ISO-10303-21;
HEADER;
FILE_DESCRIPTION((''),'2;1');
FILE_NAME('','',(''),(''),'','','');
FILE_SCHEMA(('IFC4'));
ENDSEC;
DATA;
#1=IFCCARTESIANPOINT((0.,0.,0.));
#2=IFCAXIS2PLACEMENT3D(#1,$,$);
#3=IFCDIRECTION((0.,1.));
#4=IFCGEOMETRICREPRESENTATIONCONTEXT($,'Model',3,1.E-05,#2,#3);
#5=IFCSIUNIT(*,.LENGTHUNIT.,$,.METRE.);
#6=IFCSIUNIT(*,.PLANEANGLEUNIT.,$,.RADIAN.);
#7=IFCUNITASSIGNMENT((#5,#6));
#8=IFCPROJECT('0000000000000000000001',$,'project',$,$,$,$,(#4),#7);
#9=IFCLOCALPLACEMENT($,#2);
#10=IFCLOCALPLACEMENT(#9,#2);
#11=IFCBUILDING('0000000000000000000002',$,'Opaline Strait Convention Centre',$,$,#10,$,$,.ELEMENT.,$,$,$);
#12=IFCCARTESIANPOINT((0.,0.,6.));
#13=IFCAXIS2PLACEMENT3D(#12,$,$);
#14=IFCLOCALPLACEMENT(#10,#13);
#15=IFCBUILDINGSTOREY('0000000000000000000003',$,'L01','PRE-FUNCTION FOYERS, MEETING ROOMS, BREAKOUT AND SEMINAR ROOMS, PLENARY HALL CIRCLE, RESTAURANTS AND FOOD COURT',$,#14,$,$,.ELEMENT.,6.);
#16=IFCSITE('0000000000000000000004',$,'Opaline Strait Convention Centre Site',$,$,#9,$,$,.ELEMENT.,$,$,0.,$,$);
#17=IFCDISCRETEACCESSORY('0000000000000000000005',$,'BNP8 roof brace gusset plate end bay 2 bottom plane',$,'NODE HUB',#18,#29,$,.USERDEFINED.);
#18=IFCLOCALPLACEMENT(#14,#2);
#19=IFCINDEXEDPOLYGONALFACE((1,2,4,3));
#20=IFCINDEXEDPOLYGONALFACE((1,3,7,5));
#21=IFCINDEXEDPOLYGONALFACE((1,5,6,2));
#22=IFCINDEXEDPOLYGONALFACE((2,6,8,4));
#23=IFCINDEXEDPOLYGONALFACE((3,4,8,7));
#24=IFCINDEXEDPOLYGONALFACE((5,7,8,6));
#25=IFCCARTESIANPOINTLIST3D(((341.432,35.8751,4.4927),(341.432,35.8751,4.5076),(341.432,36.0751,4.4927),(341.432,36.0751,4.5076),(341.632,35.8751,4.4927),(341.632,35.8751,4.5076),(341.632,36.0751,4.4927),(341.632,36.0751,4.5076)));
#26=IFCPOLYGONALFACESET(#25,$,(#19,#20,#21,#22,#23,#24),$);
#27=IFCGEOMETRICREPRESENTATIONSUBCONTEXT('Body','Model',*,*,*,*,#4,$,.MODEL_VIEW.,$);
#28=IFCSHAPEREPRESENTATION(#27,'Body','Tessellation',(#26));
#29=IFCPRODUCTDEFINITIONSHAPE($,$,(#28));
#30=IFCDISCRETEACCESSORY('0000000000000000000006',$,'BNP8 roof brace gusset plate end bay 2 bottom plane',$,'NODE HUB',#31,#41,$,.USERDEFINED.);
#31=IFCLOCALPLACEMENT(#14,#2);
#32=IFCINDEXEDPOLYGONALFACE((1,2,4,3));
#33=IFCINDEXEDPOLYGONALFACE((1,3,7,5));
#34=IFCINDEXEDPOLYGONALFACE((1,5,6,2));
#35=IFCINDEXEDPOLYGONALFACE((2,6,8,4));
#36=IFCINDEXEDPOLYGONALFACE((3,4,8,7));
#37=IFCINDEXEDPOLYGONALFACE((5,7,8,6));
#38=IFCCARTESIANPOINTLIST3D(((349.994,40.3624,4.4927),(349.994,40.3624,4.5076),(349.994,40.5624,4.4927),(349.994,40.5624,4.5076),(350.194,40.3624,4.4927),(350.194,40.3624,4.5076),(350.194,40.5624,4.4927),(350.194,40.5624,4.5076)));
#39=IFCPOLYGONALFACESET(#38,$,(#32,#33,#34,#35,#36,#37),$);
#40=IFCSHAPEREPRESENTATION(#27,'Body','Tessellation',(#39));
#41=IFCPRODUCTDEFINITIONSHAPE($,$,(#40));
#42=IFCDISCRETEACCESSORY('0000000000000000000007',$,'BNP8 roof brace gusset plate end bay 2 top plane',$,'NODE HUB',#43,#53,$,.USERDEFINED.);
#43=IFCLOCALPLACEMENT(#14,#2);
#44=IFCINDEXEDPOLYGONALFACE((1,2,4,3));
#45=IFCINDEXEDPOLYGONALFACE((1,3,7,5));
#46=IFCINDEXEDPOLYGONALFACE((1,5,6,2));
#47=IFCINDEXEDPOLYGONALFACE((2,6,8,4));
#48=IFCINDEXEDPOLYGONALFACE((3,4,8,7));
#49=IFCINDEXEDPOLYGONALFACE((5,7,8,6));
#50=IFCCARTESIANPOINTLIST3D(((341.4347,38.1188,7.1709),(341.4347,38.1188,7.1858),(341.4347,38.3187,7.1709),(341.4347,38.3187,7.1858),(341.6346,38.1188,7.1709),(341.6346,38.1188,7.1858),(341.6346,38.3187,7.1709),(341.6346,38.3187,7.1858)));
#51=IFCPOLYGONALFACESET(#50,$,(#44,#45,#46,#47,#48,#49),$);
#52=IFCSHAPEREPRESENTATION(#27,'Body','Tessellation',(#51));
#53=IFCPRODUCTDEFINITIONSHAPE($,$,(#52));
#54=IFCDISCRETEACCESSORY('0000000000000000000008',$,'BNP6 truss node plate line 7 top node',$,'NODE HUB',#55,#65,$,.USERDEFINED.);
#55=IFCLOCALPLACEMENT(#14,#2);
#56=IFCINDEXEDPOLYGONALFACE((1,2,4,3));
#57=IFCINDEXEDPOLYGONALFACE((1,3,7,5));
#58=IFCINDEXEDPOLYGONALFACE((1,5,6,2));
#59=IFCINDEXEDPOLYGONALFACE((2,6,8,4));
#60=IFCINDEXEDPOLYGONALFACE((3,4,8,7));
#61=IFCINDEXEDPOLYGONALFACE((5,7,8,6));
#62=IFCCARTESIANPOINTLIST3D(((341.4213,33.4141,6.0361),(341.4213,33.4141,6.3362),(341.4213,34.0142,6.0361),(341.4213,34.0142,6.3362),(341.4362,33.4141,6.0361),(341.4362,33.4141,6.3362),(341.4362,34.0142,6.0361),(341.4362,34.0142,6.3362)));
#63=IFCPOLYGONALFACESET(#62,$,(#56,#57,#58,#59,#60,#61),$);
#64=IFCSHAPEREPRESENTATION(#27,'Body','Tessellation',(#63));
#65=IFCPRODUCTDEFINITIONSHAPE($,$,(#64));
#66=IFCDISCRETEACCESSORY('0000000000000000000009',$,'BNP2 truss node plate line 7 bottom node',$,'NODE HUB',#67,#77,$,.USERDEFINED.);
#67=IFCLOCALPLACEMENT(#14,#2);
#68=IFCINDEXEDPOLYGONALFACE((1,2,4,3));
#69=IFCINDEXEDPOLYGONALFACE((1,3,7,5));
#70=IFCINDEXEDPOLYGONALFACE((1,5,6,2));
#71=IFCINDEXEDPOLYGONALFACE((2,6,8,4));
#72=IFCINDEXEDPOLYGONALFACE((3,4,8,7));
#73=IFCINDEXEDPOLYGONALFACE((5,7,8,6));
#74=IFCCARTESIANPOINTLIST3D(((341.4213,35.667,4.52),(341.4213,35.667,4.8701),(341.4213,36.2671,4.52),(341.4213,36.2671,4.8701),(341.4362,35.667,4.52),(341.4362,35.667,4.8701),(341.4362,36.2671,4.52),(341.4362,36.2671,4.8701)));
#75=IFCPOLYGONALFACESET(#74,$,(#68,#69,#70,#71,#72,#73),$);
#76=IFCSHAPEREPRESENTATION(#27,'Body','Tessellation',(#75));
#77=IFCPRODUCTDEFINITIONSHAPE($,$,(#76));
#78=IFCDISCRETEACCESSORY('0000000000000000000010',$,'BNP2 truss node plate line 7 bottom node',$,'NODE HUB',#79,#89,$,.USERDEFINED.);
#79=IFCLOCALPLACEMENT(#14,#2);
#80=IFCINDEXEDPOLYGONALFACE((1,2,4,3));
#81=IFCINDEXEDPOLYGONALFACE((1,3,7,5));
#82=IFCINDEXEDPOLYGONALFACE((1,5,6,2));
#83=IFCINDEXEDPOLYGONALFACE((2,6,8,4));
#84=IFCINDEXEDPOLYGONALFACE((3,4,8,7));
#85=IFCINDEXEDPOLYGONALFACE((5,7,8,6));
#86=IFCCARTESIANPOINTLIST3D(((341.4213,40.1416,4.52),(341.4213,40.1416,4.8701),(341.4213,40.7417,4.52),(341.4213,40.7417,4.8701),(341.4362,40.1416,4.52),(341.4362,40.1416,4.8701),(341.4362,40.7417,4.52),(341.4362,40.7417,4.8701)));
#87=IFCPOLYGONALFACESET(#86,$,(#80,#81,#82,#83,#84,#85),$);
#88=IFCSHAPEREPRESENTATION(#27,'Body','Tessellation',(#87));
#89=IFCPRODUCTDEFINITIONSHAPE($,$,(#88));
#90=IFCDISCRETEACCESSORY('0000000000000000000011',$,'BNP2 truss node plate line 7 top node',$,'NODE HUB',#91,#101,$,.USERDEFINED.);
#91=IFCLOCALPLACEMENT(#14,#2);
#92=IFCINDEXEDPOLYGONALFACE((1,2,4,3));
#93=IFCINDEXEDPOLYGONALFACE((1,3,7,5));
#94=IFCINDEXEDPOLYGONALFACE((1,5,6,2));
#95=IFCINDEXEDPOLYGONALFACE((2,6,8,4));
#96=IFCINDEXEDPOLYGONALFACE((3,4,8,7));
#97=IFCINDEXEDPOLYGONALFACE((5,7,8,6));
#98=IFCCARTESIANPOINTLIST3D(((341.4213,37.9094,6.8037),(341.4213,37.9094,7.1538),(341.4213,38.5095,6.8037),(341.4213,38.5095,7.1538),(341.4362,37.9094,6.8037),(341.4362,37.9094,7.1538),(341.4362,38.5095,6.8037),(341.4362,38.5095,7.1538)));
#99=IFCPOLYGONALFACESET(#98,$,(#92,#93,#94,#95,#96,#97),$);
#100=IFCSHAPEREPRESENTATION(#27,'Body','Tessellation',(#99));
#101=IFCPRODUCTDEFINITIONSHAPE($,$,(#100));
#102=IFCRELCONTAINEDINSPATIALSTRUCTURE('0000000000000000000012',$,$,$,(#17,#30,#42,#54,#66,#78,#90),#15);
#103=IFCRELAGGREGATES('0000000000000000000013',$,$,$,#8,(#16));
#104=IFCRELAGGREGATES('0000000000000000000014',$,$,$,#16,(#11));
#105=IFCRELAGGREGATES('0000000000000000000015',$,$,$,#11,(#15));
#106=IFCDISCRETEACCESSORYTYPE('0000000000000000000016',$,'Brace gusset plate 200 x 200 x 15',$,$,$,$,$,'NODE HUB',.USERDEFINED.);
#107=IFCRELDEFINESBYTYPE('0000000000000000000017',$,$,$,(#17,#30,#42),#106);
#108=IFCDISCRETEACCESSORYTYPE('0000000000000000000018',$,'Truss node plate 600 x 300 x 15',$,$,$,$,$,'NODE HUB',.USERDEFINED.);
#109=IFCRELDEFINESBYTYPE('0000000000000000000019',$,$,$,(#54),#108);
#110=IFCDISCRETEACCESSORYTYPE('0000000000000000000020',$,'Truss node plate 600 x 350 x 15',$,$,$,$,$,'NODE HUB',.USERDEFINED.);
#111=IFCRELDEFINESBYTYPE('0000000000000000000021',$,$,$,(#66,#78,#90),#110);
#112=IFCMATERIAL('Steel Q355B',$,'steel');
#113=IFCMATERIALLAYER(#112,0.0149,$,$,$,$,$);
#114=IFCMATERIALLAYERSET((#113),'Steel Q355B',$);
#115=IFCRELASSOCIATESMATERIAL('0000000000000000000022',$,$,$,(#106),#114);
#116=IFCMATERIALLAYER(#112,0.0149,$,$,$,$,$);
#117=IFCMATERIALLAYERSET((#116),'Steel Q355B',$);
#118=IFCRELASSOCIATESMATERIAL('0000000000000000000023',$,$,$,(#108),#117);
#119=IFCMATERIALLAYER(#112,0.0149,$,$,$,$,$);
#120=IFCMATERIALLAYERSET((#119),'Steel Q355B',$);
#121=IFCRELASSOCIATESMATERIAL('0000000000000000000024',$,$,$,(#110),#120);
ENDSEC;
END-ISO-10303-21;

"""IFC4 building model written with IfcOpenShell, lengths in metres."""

from ifc_helpers import new_model, si_unit, direction, frame, origin, origin_2d, place, context, subcontext, project, spatial, rectangle, extrude, material, layer, layer_set, type_object, element, save


model = new_model("IFC4")

# Units and contexts
model_context = context("Model", 3, precision=1e-05, world=origin(), true_north=direction((0.0, 1.0)))
body_context = subcontext(model_context, "Body", "Model", "MODEL_VIEW")
ifc_project = project(units=[si_unit("LENGTHUNIT", "METRE"), si_unit("PLANEANGLEUNIT", "RADIAN")], contexts=[model_context])

# Site, building, storey
site_placement = place(None, origin())
site = spatial("IfcSite", under=ifc_project, at=site_placement, Name="Opaline Strait Convention Centre Site", CompositionType="ELEMENT", RefElevation=0.0)
building_placement = place(site_placement, origin())
building = spatial("IfcBuilding", under=site, at=building_placement, Name="Opaline Strait Convention Centre", CompositionType="ELEMENT")
storey_placement = place(building_placement, frame((0.0, 0.0, 6.0)))
storey = spatial("IfcBuildingStorey", under=building, at=storey_placement, Name="L01", Description="PRE-FUNCTION FOYERS, MEETING ROOMS, BREAKOUT AND SEMINAR ROOMS, PLENARY HALL CIRCLE, RESTAURANTS AND FOOD COURT", CompositionType="ELEMENT", Elevation=6.0)

# Shared definitions
ifc_material_1 = material(Name="Steel Q355B", Category="steel")

# Discrete accessories
ifc_layer_1 = layer(ifc_material_1, 0.0149)
ifc_layer_set_1 = layer_set([ifc_layer_1], Name="Steel Q355B")
discrete_accessory_type_1 = type_object("IfcDiscreteAccessoryType", Name="Brace gusset plate 200 x 200 x 15", ElementType="NODE HUB", PredefinedType="USERDEFINED", material=ifc_layer_set_1)
for number, where, z_axis, x_axis, name in (
    (1, (341.532, 35.9751, 4.4927), (0.0, 0.0, 1.0), (1.0, 0.0, 0.0), "BNP8 roof brace gusset plate end bay 2 bottom plane"),
    (2, (350.094, 40.4624, 4.4927), (0.0, 0.0, 1.0), (1.0, 0.0, 0.0), "BNP8 roof brace gusset plate end bay 2 bottom plane"),
    (3, (341.5347, 38.2188, 7.1709), (0.0, 0.0, 1.0), (1.0, 0.0, 0.0), "BNP8 roof brace gusset plate end bay 2 top plane"),
):
    element("IfcDiscreteAccessory", number, at=place(storey_placement, frame(where, z_axis=z_axis, x_axis=x_axis)), inside=storey, type_object=discrete_accessory_type_1, Name=name, ObjectType="NODE HUB", PredefinedType="USERDEFINED", context=body_context, shape_type="SweptSolid", body=[
        extrude(rectangle(XDim=0.2, YDim=0.2, at=origin_2d()), origin(), (0.0, 0.0, 1.0), 0.0149),
    ])
ifc_layer_2 = layer(ifc_material_1, 0.0149)
ifc_layer_set_2 = layer_set([ifc_layer_2], Name="Steel Q355B")
discrete_accessory_type_2 = type_object("IfcDiscreteAccessoryType", Name="Truss node plate 600 x 300 x 15", ElementType="NODE HUB", PredefinedType="USERDEFINED", material=ifc_layer_set_2)
discrete_accessory_placement = place(storey_placement, frame((341.4287, 33.7141, 6.0361), z_axis=(0.0, 0.0, 1.0), x_axis=(1.0, 0.0, 0.0)))
element("IfcDiscreteAccessory", 4, at=discrete_accessory_placement, inside=storey, type_object=discrete_accessory_type_2, Name="BNP6 truss node plate line 7 top node", ObjectType="NODE HUB", PredefinedType="USERDEFINED", context=body_context, shape_type="SweptSolid", body=[
    extrude(rectangle(XDim=0.0149, YDim=0.6001, at=origin_2d()), origin(), (0.0, 0.0, 1.0), 0.3),
])
ifc_layer_3 = layer(ifc_material_1, 0.0149)
ifc_layer_set_3 = layer_set([ifc_layer_3], Name="Steel Q355B")
discrete_accessory_type_3 = type_object("IfcDiscreteAccessoryType", Name="Truss node plate 600 x 350 x 15", ElementType="NODE HUB", PredefinedType="USERDEFINED", material=ifc_layer_set_3)
for number, where, z_axis, x_axis, name in (
    (5, (341.4287, 35.967, 4.52), (0.0, 0.0, 1.0), (1.0, 0.0, 0.0), "BNP2 truss node plate line 7 bottom node"),
    (6, (341.4287, 40.4417, 4.52), (0.0, 0.0, 1.0), (1.0, 0.0, 0.0), "BNP2 truss node plate line 7 bottom node"),
    (7, (341.4287, 38.2095, 6.8037), (0.0, 0.0, 1.0), (1.0, 0.0, 0.0), "BNP2 truss node plate line 7 top node"),
):
    element("IfcDiscreteAccessory", number, at=place(storey_placement, frame(where, z_axis=z_axis, x_axis=x_axis)), inside=storey, type_object=discrete_accessory_type_3, Name=name, ObjectType="NODE HUB", PredefinedType="USERDEFINED", context=body_context, shape_type="SweptSolid", body=[
        extrude(rectangle(XDim=0.0149, YDim=0.6001, at=origin_2d()), origin(), (0.0, 0.0, 1.0), 0.3501),
    ])

save(model, "model.ifc")
